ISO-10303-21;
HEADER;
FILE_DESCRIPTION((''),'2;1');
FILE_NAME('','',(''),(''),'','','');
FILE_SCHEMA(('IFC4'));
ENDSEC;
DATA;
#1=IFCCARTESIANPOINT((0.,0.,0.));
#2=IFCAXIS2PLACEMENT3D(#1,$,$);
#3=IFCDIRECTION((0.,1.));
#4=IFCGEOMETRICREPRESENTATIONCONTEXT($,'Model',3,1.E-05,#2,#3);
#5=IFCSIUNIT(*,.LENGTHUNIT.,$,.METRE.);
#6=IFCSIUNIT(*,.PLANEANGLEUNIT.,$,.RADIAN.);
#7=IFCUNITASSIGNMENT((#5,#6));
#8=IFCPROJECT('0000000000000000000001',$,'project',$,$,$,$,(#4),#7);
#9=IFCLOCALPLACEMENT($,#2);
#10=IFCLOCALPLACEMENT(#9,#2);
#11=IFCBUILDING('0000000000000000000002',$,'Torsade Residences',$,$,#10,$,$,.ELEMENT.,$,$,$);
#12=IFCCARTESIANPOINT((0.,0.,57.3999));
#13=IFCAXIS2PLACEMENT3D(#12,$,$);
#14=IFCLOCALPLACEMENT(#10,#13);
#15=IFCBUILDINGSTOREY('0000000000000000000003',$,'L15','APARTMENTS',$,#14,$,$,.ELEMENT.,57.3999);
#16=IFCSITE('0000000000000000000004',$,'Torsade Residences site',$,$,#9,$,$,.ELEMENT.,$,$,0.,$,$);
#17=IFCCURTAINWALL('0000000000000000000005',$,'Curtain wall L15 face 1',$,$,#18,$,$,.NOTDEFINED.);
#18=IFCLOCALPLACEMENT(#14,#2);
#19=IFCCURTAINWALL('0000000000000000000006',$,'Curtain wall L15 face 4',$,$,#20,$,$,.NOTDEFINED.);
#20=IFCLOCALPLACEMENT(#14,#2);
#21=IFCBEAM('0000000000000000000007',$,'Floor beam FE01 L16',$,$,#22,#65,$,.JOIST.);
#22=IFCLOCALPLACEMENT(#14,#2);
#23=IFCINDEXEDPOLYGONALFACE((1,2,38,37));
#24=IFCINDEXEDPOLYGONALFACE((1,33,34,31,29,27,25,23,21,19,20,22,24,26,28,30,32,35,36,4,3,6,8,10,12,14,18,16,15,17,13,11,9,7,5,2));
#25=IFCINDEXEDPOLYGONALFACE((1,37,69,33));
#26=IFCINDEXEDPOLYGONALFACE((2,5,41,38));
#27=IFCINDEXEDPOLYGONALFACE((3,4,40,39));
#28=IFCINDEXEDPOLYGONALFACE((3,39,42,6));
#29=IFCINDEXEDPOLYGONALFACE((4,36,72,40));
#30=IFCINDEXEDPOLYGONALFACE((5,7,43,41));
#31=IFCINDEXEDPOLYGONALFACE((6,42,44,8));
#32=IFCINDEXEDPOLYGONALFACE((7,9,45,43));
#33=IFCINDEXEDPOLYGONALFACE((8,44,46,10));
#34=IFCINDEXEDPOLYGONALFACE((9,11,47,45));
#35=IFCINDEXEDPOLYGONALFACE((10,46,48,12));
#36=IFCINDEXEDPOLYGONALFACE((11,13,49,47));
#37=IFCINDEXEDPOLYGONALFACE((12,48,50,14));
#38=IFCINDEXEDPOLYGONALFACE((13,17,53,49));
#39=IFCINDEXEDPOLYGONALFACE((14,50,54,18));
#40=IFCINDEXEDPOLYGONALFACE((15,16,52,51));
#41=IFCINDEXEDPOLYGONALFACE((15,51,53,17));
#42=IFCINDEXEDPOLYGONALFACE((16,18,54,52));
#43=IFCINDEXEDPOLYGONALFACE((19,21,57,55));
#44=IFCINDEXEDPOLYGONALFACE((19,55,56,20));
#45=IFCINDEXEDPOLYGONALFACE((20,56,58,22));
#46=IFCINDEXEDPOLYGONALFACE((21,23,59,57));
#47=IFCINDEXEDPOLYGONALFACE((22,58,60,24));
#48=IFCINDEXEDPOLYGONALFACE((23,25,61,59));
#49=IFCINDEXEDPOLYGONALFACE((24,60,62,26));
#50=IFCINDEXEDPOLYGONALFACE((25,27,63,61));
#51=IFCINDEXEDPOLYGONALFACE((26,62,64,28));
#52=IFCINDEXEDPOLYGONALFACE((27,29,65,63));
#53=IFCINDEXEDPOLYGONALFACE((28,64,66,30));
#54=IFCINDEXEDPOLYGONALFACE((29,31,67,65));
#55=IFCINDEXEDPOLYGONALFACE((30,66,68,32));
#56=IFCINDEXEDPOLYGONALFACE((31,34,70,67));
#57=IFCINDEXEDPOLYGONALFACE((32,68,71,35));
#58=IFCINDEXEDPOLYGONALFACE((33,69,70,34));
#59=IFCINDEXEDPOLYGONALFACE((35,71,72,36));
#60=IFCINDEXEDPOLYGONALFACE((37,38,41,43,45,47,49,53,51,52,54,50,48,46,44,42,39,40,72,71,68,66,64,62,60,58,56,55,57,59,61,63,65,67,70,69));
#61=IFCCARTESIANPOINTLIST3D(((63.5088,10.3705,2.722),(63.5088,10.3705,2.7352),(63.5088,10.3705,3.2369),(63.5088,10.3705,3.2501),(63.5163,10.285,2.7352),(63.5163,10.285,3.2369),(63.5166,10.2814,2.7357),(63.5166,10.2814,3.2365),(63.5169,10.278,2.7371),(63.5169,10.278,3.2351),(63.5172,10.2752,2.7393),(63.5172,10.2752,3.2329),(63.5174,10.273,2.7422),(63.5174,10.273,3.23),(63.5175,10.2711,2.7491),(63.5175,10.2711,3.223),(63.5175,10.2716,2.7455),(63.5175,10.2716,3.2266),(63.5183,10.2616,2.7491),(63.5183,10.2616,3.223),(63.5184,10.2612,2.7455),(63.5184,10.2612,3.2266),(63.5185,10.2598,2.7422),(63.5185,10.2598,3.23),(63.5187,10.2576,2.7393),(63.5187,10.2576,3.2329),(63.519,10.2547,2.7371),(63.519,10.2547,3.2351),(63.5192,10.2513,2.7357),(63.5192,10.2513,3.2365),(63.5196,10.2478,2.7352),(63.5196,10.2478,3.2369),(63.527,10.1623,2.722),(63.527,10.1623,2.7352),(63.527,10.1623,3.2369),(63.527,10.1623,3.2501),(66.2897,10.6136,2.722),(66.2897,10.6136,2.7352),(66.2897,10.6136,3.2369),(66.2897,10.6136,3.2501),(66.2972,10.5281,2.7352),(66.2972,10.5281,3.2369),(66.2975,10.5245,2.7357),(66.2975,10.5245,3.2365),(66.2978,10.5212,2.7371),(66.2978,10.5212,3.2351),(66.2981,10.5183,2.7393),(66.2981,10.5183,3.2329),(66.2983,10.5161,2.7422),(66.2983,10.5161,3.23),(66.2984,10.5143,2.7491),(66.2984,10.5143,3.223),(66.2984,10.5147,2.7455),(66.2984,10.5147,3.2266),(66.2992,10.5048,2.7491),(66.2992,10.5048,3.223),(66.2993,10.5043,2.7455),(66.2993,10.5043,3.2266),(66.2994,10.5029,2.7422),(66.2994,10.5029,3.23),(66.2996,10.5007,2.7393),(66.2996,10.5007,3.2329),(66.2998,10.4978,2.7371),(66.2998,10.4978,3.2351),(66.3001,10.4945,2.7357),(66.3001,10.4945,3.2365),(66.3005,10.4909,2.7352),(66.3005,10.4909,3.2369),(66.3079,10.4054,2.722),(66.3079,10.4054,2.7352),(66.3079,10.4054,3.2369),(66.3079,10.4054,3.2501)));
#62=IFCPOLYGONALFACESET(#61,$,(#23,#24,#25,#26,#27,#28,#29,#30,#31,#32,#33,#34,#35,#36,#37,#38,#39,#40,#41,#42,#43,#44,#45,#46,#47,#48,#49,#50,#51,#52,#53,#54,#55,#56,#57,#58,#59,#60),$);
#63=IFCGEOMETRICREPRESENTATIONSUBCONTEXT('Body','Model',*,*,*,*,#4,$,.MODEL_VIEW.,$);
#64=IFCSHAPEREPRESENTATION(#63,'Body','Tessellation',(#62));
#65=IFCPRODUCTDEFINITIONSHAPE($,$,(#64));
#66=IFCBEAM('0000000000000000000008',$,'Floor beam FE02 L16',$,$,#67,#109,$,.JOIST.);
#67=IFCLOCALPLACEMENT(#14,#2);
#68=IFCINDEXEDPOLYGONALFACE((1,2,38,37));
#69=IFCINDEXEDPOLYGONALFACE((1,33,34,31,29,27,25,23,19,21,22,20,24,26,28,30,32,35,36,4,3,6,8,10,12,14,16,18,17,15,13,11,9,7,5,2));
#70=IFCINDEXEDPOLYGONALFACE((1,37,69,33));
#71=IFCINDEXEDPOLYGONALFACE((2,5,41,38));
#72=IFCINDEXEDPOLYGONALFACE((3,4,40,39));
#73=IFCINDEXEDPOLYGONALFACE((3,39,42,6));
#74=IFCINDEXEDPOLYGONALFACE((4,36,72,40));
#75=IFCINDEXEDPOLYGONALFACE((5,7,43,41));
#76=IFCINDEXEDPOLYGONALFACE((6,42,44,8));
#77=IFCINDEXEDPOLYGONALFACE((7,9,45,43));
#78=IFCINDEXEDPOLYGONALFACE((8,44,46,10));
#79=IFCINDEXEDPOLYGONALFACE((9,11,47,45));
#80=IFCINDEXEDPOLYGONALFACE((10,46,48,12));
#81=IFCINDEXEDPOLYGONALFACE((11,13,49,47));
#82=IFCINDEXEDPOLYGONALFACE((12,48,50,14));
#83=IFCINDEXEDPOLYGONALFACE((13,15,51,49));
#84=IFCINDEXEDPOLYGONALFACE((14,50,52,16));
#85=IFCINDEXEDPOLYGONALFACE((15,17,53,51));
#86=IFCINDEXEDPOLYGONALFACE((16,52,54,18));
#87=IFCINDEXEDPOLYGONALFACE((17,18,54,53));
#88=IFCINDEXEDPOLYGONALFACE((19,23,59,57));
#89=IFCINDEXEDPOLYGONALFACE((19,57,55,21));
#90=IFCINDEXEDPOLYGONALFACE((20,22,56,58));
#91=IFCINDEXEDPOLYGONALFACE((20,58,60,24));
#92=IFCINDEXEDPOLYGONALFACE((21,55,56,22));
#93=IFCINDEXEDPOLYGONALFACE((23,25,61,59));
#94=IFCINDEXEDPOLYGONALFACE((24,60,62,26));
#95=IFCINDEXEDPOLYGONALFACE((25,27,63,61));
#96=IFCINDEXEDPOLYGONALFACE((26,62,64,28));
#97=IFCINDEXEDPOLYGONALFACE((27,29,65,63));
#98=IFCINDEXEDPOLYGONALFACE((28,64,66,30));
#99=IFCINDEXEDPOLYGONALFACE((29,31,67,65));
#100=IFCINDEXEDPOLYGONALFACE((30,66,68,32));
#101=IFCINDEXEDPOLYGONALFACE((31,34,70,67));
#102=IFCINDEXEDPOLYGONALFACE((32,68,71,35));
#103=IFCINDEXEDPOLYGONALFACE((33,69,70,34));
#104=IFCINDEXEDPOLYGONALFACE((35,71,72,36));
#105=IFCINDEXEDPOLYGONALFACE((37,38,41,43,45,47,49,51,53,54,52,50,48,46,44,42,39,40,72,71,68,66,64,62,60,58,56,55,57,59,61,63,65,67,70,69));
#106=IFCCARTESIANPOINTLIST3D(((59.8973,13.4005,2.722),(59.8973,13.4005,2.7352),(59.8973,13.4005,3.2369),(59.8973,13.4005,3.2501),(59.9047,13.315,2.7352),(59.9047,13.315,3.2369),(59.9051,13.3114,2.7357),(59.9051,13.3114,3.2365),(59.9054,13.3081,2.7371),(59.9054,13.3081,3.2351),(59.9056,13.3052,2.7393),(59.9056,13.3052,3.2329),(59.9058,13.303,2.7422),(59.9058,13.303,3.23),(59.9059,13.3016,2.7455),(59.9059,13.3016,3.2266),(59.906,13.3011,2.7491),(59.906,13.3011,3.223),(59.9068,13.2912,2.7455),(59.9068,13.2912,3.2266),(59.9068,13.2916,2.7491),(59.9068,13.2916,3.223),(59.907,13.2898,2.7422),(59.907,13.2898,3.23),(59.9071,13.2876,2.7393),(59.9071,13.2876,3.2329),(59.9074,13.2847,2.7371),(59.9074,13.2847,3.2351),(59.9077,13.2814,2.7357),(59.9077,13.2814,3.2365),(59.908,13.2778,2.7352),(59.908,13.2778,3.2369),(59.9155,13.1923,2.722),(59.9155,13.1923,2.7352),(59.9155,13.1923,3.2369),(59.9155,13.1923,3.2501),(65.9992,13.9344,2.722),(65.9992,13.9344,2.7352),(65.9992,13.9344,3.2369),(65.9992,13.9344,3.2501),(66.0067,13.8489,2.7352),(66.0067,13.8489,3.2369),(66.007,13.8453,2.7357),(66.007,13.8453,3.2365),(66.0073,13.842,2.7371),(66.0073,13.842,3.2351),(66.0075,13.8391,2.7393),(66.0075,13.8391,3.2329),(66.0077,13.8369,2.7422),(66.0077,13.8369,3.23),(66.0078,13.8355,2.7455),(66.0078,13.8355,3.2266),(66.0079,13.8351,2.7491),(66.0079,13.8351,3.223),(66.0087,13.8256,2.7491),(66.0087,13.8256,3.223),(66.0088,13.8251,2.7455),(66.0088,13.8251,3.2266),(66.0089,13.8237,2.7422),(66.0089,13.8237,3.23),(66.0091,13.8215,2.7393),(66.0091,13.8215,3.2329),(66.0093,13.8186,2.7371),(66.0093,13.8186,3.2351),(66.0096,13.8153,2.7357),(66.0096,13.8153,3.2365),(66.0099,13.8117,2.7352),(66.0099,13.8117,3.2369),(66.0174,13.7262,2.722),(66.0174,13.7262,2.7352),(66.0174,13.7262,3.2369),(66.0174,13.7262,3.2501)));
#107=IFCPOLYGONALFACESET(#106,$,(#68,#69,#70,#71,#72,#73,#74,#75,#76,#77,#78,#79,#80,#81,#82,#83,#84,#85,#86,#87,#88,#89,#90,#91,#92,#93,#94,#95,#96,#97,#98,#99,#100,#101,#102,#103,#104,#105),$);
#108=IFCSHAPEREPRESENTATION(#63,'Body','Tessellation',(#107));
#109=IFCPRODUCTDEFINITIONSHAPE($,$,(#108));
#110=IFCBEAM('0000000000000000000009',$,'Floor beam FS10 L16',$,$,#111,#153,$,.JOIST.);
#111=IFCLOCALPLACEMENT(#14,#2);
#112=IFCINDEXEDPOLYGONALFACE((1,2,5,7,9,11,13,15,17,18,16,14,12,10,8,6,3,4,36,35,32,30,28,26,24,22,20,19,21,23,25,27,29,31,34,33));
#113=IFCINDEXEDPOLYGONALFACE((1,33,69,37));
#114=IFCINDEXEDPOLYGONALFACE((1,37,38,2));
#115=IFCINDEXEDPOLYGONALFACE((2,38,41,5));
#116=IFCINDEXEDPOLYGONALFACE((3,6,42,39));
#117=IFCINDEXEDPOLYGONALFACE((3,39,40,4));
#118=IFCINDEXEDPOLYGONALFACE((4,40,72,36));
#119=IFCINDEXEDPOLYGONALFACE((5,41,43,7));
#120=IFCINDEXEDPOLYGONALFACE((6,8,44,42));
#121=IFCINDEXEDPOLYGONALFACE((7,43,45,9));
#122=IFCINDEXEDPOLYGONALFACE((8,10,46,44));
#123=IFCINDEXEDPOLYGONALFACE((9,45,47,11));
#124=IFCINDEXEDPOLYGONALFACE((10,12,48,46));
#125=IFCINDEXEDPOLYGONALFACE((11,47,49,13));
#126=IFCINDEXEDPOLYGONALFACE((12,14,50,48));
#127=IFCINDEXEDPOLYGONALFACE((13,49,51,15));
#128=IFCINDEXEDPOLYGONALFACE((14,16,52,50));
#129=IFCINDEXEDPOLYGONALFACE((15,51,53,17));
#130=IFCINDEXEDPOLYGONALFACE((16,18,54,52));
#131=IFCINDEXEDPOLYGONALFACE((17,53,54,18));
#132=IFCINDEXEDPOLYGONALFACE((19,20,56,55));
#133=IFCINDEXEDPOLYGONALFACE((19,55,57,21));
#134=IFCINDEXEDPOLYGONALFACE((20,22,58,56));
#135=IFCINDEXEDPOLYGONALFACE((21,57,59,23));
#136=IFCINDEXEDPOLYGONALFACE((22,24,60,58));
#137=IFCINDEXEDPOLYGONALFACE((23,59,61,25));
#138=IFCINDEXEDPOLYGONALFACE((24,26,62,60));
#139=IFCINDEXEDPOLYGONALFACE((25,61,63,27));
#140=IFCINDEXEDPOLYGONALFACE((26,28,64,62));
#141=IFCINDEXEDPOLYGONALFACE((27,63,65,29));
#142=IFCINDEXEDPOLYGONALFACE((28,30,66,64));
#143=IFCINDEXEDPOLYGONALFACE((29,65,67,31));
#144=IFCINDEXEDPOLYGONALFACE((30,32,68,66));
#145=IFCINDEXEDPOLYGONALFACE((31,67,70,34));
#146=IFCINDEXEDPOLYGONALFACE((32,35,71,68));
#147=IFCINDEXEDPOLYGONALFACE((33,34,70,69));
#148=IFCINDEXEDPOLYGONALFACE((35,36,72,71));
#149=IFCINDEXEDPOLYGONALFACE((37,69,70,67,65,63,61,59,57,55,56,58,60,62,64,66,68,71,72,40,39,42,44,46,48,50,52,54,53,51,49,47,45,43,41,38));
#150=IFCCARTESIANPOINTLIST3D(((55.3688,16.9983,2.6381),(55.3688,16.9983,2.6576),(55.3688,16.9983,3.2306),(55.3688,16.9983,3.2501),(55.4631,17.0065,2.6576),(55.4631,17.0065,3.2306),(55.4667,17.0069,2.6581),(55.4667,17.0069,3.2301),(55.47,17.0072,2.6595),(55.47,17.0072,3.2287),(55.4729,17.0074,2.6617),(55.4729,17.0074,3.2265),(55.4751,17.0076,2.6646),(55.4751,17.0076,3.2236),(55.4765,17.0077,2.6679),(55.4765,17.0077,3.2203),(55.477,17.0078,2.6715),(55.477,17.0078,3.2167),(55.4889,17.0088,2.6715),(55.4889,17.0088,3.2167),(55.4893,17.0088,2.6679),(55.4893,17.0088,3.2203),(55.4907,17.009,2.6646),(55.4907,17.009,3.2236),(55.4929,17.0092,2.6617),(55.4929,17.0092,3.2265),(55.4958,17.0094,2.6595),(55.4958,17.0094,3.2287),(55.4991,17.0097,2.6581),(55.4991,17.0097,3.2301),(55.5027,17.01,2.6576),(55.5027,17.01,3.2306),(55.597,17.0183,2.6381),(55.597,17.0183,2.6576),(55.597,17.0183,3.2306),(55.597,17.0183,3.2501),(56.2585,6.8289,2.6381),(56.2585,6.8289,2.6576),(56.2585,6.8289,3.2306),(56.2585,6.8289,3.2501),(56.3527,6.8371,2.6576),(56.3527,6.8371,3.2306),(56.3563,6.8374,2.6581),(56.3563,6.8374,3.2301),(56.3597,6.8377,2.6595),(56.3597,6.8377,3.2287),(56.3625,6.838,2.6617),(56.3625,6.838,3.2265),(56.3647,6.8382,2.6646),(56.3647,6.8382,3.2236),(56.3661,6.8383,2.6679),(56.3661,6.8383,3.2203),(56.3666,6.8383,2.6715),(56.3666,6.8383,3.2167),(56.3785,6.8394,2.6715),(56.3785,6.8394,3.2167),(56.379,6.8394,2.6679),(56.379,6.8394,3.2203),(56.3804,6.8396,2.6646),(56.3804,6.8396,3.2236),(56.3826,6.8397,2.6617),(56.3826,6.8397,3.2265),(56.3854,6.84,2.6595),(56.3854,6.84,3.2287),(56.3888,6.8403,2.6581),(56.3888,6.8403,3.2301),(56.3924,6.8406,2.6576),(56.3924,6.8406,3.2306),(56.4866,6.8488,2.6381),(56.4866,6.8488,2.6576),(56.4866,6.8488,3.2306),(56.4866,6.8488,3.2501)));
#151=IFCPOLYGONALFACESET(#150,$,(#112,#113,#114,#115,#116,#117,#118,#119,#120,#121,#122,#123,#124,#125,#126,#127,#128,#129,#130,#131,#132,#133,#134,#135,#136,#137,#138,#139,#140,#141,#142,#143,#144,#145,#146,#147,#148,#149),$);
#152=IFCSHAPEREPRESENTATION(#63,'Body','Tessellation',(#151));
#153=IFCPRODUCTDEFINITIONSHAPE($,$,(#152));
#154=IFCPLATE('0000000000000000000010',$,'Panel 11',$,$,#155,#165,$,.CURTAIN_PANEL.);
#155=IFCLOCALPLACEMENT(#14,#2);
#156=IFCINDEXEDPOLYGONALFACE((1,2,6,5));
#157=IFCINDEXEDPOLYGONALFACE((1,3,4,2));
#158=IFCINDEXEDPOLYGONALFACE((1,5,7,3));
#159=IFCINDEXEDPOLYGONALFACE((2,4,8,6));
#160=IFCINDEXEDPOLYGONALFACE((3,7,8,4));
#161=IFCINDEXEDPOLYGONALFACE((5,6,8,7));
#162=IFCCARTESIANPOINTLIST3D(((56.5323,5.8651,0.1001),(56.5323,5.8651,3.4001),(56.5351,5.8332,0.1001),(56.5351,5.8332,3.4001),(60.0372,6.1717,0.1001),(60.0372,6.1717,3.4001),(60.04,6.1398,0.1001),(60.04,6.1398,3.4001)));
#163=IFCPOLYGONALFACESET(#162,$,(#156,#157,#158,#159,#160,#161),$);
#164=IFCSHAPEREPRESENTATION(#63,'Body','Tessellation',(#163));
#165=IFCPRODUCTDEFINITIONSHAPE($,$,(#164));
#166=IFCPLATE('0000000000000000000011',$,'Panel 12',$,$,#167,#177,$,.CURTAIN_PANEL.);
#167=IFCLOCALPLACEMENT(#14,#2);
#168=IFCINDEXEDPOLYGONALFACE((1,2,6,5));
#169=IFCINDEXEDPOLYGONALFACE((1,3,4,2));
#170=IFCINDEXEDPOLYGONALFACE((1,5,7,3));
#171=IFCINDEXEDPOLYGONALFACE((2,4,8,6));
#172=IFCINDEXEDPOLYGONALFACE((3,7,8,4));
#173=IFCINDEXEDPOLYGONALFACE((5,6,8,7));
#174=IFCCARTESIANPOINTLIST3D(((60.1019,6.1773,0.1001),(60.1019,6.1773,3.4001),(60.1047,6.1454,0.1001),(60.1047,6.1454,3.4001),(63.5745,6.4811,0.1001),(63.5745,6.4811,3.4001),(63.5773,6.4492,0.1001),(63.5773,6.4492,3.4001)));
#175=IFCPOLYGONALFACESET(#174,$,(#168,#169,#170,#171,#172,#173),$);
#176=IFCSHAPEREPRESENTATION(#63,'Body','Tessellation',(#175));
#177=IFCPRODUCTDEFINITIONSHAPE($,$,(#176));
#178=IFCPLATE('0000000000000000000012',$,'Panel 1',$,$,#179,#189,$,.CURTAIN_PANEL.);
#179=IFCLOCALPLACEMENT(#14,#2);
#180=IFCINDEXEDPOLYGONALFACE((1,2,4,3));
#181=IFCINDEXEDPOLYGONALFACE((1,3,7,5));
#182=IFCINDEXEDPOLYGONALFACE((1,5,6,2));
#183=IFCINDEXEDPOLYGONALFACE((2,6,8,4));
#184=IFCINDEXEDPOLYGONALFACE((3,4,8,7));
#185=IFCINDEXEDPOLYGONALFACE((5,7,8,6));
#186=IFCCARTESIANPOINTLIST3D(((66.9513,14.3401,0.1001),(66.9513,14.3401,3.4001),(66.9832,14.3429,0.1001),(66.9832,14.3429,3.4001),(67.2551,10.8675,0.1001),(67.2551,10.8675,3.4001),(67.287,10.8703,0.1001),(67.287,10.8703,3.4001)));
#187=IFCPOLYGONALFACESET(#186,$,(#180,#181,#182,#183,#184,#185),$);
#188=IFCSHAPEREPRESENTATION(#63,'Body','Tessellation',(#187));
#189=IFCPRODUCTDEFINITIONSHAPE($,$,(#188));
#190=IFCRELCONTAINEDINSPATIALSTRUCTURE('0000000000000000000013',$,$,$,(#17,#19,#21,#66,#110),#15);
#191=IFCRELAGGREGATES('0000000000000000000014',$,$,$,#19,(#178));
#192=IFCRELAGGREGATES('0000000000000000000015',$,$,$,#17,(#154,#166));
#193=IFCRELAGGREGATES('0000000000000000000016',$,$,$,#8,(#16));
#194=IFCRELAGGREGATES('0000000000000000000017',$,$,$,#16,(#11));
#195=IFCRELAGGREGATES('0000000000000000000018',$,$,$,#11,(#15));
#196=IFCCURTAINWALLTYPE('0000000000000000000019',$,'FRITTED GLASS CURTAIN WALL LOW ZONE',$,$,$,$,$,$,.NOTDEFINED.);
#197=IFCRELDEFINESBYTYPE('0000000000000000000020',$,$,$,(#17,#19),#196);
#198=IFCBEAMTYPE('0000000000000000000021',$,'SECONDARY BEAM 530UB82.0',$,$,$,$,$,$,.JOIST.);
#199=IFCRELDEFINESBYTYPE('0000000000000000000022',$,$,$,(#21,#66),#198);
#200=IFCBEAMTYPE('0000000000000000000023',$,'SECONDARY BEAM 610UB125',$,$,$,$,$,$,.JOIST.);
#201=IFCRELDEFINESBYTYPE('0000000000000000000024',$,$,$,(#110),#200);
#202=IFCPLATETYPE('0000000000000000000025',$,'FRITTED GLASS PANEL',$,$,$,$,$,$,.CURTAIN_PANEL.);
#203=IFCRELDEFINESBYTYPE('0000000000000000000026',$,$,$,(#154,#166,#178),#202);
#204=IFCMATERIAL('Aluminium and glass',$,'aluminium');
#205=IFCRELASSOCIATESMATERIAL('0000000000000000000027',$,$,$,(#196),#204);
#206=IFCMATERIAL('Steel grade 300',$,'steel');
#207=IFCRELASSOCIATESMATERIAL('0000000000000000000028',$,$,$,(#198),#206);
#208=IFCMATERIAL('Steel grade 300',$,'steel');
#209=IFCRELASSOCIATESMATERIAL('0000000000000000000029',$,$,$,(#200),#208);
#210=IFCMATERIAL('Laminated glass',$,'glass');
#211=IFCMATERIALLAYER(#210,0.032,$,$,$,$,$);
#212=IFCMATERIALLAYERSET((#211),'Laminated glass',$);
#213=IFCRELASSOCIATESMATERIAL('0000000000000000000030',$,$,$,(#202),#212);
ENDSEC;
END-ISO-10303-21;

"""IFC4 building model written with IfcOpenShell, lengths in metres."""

from ifc_helpers import new_model, si_unit, direction, frame, origin, origin_2d, place, context, subcontext, project, spatial, rectangle, i_section, extrude, material, layer, layer_set, material_profile, profile_set, type_object, element, aggregate, save


model = new_model("IFC4")

# Units and contexts
model_context = context("Model", 3, precision=1e-05, world=origin(), true_north=direction((0.0, 1.0)))
body_context = subcontext(model_context, "Body", "Model", "MODEL_VIEW")
ifc_project = project(units=[si_unit("LENGTHUNIT", "METRE"), si_unit("PLANEANGLEUNIT", "RADIAN")], contexts=[model_context])

# Site, building, storey
site_placement = place(None, origin())
site = spatial("IfcSite", under=ifc_project, at=site_placement, Name="Torsade Residences site", CompositionType="ELEMENT", RefElevation=0.0)
building_placement = place(site_placement, origin())
building = spatial("IfcBuilding", under=site, at=building_placement, Name="Torsade Residences", CompositionType="ELEMENT")
storey_placement = place(building_placement, frame((0.0, 0.0, 57.3999)))
storey = spatial("IfcBuildingStorey", under=building, at=storey_placement, Name="L15", Description="APARTMENTS", CompositionType="ELEMENT", Elevation=57.3999)

# Curtain wall
ifc_material_1 = material(Name="Aluminium and glass", Category="aluminium")
curtain_wall_type = type_object("IfcCurtainWallType", Name="FRITTED GLASS CURTAIN WALL LOW ZONE", PredefinedType="NOTDEFINED", material=ifc_material_1)
curtain_wall_1_placement = place(storey_placement, origin())
curtain_wall_1 = element("IfcCurtainWall", 1, at=curtain_wall_1_placement, inside=storey, type_object=curtain_wall_type, Name="Curtain wall L15 face 1", PredefinedType="NOTDEFINED")

# Curtain wall
curtain_wall_2_placement = place(storey_placement, origin())
curtain_wall_2 = element("IfcCurtainWall", 2, at=curtain_wall_2_placement, inside=storey, type_object=curtain_wall_type, Name="Curtain wall L15 face 4", PredefinedType="NOTDEFINED")

# Beams
ifc_material_2 = material(Name="Steel grade 300", Category="steel")
ifc_material_profile_1 = material_profile(ifc_material_2, i_section(OverallWidth=0.209, OverallDepth=0.5281, WebThickness=0.0095, FlangeThickness=0.0132, FilletRadius=0.0139, at=origin_2d()), Name="530UB82.0")
ifc_profile_set_1 = profile_set([ifc_material_profile_1], Name="Steel grade 300")
beam_type_1 = type_object("IfcBeamType", Name="SECONDARY BEAM 530UB82.0", PredefinedType="JOIST", material=ifc_profile_set_1)
for number, where, z_axis, x_axis, name in (
    (3, (66.2988, 10.5095, 2.9861), (-0.996199, -0.087105, 0.0), (0.087105, -0.996199, 0.0), "Floor beam FE01 L16"),
):
    element("IfcBeam", number, at=place(storey_placement, frame(where, z_axis=z_axis, x_axis=x_axis)), inside=storey, type_object=beam_type_1, Name=name, PredefinedType="JOIST", context=body_context, shape_type="SweptSolid", body=[
        extrude(i_section(OverallWidth=0.209, OverallDepth=0.5281, WebThickness=0.0095, FlangeThickness=0.0132, FilletRadius=0.0139, at=origin_2d()), origin(), (0.0, 0.0, 1.0), 2.7915),
    ])
beam_1_placement = place(storey_placement, frame((66.0083, 13.8303, 2.9861), z_axis=(-0.996193, -0.087171, 0.0), x_axis=(0.087171, -0.996193, 0.0)))
element("IfcBeam", 4, at=beam_1_placement, inside=storey, type_object=beam_type_1, Name="Floor beam FE02 L16", PredefinedType="JOIST", context=body_context, shape_type="SweptSolid", body=[
    extrude(i_section(OverallWidth=0.209, OverallDepth=0.5281, WebThickness=0.0095, FlangeThickness=0.0132, FilletRadius=0.0139, at=origin_2d()), origin(), (0.0, 0.0, 1.0), 6.1252),
])
ifc_material_3 = material(Name="Steel grade 300", Category="steel")
ifc_material_profile_2 = material_profile(ifc_material_3, i_section(OverallWidth=0.229, OverallDepth=0.6121, WebThickness=0.012, FlangeThickness=0.0195, FilletRadius=0.0139, at=origin_2d()), Name="610UB125")
ifc_profile_set_2 = profile_set([ifc_material_profile_2], Name="Steel grade 300")
beam_type_2 = type_object("IfcBeamType", Name="SECONDARY BEAM 610UB125", PredefinedType="JOIST", material=ifc_profile_set_2)
beam_2_placement = place(storey_placement, frame((56.3726, 6.8389, 2.9441), z_axis=(-0.08715, 0.996195, 0.0), x_axis=(-0.996195, -0.08715, 0.0)))
element("IfcBeam", 5, at=beam_2_placement, inside=storey, type_object=beam_type_2, Name="Floor beam FS10 L16", PredefinedType="JOIST", context=body_context, shape_type="SweptSolid", body=[
    extrude(i_section(OverallWidth=0.229, OverallDepth=0.6121, WebThickness=0.012, FlangeThickness=0.0195, FilletRadius=0.0139, at=origin_2d()), origin(), (0.0, 0.0, 1.0), 10.2083),
])

# Plates
ifc_material_4 = material(Name="Laminated glass", Category="glass")
ifc_layer_1 = layer(ifc_material_4, 0.032)
ifc_layer_set_1 = layer_set([ifc_layer_1], Name="Laminated glass")
plate_type_1 = type_object("IfcPlateType", Name="FRITTED GLASS PANEL", PredefinedType="CURTAIN_PANEL", material=ifc_layer_set_1)
plate_1_placement = place(storey_placement, frame((58.2861, 6.0024, 0.1001), z_axis=(0.0, 0.0, 1.0), x_axis=(0.996195, 0.087156, 0.0)))
plate_1 = element("IfcPlate", 6, at=plate_1_placement, type_object=plate_type_1, Name="Panel 11", PredefinedType="CURTAIN_PANEL", context=body_context, shape_type="SweptSolid", body=[
    extrude(rectangle(XDim=3.5183, YDim=0.032, at=origin_2d()), origin(), (0.0, 0.0, 1.0), 3.3),
])
plate_2_placement = place(storey_placement, frame((61.8396, 6.3132, 0.1001), z_axis=(0.0, 0.0, 1.0), x_axis=(0.996195, 0.087156, 0.0)))
plate_2 = element("IfcPlate", 7, at=plate_2_placement, type_object=plate_type_1, Name="Panel 12", PredefinedType="CURTAIN_PANEL", context=body_context, shape_type="SweptSolid", body=[
    extrude(rectangle(XDim=3.4858, YDim=0.032, at=origin_2d()), origin(), (0.0, 0.0, 1.0), 3.3),
])
plate_3_placement = place(storey_placement, frame((67.1191, 12.6052, 0.1001), z_axis=(0.0, 0.0, 1.0), x_axis=(-0.087156, 0.996195, 0.0)))
plate_3 = element("IfcPlate", 8, at=plate_3_placement, type_object=plate_type_1, Name="Panel 1", PredefinedType="CURTAIN_PANEL", context=body_context, shape_type="SweptSolid", body=[
    extrude(rectangle(XDim=3.4858, YDim=0.032, at=origin_2d()), origin(), (0.0, 0.0, 1.0), 3.3),
])
aggregate(curtain_wall_2, [plate_3])
aggregate(curtain_wall_1, [plate_1, plate_2])

save(model, "model.ifc")
